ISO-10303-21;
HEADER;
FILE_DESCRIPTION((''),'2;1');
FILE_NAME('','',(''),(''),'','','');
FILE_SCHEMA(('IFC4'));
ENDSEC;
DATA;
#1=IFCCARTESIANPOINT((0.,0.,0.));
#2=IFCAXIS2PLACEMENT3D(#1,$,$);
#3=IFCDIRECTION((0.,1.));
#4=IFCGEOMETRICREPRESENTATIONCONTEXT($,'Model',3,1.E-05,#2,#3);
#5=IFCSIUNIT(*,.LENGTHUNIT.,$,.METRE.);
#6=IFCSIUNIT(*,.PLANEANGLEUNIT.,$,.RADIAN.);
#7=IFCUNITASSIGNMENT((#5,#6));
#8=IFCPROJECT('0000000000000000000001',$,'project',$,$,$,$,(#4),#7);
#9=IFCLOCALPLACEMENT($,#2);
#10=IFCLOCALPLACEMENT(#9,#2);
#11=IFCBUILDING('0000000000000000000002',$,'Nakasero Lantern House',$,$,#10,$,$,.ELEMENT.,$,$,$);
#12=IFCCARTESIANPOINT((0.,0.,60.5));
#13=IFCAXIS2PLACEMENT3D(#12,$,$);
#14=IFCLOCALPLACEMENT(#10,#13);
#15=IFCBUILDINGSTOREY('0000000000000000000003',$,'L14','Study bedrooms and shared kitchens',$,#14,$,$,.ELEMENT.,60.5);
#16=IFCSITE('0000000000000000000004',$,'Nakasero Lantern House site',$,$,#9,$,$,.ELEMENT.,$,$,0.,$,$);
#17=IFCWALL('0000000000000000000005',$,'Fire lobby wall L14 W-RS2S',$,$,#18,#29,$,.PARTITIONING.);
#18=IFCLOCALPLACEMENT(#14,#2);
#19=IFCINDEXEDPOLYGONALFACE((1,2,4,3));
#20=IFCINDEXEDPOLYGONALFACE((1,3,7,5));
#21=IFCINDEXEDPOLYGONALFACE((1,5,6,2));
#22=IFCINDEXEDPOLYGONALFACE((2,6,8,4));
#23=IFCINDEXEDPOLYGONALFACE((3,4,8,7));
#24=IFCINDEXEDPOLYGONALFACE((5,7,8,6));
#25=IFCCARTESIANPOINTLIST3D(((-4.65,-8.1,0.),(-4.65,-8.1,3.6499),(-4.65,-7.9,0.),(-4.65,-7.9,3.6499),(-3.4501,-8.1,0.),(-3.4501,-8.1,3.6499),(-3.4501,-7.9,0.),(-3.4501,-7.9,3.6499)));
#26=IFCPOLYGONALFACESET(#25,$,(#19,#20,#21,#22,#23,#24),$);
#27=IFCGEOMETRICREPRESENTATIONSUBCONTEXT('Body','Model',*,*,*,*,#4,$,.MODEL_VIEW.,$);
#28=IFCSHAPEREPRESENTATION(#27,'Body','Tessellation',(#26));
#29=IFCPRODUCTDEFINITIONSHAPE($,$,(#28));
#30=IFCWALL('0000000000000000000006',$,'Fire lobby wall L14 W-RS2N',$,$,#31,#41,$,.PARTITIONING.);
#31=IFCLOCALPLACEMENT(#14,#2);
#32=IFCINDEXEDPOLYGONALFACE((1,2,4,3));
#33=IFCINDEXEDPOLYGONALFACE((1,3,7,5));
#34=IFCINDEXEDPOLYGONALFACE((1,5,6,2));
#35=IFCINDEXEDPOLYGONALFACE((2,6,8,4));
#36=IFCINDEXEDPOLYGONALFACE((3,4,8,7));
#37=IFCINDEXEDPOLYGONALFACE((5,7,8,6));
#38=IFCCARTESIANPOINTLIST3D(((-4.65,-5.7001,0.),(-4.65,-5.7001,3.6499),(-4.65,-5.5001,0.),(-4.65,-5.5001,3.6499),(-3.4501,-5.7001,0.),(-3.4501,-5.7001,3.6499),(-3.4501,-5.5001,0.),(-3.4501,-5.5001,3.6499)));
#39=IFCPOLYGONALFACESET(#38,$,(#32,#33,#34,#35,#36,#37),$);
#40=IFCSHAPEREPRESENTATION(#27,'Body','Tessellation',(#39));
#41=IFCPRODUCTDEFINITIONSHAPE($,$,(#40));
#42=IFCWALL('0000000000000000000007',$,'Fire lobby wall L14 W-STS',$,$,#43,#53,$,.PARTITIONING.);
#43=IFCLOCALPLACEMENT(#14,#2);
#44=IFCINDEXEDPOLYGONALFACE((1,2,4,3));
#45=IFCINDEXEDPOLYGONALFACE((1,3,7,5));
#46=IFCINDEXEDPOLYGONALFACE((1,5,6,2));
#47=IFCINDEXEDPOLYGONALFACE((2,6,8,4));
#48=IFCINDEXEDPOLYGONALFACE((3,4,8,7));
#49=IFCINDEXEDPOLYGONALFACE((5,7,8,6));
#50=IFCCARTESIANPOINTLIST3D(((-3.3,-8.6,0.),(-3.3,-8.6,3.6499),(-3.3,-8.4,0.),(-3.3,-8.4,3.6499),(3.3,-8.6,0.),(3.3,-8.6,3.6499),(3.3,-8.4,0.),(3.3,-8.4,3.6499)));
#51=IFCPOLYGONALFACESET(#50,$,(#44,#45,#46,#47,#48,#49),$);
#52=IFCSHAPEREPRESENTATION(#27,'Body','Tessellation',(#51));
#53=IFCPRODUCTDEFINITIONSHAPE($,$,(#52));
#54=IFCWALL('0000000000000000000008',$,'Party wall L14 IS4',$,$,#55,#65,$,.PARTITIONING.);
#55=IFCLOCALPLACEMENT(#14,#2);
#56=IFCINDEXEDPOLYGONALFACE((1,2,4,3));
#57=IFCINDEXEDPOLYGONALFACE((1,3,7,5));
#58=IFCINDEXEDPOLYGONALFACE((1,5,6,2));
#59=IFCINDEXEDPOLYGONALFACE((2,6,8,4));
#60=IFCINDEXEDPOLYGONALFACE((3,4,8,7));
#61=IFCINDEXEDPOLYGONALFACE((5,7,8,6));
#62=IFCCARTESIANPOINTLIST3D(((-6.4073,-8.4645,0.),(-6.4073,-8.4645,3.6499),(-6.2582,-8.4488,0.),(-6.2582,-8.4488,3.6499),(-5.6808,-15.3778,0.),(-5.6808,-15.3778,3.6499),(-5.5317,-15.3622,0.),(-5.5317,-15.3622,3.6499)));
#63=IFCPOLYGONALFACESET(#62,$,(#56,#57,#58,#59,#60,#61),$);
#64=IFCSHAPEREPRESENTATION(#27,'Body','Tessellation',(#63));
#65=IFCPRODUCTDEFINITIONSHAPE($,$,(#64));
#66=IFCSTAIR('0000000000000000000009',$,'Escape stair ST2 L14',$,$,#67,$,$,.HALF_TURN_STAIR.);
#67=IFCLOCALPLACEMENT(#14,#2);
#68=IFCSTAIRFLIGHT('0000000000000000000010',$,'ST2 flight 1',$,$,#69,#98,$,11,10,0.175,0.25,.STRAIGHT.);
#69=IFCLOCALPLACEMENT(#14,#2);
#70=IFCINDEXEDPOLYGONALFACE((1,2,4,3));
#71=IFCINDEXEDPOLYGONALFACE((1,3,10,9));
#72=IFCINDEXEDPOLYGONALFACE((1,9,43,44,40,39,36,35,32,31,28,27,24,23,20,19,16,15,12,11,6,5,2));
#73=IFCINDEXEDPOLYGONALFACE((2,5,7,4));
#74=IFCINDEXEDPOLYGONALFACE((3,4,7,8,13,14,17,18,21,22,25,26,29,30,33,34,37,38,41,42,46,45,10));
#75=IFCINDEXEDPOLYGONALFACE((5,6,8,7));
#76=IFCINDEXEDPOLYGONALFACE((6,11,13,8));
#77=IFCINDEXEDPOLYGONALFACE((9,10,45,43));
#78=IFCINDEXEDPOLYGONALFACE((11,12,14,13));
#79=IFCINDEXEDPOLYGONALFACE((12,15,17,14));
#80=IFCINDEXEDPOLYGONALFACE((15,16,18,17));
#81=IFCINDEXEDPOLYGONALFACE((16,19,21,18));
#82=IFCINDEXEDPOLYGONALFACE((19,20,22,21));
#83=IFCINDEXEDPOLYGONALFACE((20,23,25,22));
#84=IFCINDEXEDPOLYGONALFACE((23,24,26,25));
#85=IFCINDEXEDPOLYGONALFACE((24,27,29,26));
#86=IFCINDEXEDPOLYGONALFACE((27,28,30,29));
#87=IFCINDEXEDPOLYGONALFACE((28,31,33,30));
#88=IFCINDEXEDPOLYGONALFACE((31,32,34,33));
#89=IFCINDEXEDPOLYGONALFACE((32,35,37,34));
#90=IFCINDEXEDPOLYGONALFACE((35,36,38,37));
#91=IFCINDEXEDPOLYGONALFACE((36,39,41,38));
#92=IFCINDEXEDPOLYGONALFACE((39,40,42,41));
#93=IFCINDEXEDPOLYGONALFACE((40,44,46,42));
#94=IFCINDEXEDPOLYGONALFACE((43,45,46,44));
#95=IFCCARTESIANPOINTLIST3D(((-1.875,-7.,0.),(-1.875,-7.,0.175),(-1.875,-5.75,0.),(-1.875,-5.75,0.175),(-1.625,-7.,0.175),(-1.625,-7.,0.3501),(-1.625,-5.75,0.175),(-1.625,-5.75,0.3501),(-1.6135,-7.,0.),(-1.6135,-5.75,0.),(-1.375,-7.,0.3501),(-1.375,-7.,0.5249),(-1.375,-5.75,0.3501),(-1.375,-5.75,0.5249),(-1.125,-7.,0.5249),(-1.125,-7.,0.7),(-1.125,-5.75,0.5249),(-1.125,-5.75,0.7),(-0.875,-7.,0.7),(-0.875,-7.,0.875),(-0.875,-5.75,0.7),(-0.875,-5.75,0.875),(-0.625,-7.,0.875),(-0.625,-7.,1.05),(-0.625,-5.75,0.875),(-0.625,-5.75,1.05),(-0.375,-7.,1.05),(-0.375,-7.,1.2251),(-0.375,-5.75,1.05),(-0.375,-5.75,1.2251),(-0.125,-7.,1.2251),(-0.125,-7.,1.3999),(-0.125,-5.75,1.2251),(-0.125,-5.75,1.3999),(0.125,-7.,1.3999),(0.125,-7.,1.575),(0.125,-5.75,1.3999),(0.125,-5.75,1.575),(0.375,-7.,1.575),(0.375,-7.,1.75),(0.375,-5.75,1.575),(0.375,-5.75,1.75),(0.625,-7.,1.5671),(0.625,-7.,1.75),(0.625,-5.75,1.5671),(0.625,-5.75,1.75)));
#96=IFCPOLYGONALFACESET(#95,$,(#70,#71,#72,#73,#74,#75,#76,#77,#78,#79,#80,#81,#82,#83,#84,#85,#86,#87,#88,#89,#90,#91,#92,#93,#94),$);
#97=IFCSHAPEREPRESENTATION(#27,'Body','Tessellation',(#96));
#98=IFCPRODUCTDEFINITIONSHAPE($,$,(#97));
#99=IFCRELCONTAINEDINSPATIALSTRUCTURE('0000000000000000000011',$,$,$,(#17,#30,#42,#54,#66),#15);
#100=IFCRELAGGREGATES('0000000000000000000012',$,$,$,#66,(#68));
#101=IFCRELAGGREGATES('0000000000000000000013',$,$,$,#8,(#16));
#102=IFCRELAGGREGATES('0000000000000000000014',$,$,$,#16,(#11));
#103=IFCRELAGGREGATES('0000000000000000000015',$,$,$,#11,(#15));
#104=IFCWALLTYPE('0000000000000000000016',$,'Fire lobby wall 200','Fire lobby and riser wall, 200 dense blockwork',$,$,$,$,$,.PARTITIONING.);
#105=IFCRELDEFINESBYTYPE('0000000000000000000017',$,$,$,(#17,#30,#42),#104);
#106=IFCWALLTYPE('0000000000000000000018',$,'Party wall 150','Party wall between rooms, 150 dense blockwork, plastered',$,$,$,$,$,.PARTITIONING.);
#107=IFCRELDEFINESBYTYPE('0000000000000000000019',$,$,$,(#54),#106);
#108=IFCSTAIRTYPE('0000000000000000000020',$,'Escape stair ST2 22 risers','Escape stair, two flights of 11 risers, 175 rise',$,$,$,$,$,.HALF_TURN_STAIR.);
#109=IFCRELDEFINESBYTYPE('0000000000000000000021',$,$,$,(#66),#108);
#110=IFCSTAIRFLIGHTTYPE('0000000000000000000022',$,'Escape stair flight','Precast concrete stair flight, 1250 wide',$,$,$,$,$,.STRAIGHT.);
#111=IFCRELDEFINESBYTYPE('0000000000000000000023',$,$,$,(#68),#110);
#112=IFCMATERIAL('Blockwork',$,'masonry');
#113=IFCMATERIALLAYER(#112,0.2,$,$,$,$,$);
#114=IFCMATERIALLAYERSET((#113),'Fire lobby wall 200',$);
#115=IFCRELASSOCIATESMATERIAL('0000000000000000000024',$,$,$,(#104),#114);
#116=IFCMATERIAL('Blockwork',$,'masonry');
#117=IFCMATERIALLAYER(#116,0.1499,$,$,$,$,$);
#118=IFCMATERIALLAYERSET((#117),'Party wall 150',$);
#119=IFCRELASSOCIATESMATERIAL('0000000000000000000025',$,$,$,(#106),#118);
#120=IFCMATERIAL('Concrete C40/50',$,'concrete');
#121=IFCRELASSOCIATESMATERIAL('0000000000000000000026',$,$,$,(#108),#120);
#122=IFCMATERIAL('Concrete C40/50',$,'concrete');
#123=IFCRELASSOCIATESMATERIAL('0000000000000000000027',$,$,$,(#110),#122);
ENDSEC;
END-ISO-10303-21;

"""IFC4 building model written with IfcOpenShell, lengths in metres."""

from ifc_helpers import new_model, si_unit, direction, frame, frame_2d, origin, place, context, subcontext, project, spatial, polyline, rectangle, outline, extrude, material, layer, layer_set, type_object, element, aggregate, save


model = new_model("IFC4")

# Units and contexts
model_context = context("Model", 3, precision=1e-05, world=origin(), true_north=direction((0.0, 1.0)))
body_context = subcontext(model_context, "Body", "Model", "MODEL_VIEW")
ifc_project = project(units=[si_unit("LENGTHUNIT", "METRE"), si_unit("PLANEANGLEUNIT", "RADIAN")], contexts=[model_context])

# Site, building, storey
site_placement = place(None, origin())
site = spatial("IfcSite", under=ifc_project, at=site_placement, Name="Nakasero Lantern House site", CompositionType="ELEMENT", RefElevation=0.0)
building_placement = place(site_placement, origin())
building = spatial("IfcBuilding", under=site, at=building_placement, Name="Nakasero Lantern House", CompositionType="ELEMENT")
storey_placement = place(building_placement, frame((0.0, 0.0, 60.5)))
storey = spatial("IfcBuildingStorey", under=building, at=storey_placement, Name="L14", Description="Study bedrooms and shared kitchens", CompositionType="ELEMENT", Elevation=60.5)

# Shared definitions
ifc_material_1 = material(Name="Blockwork", Category="masonry")
ifc_layer_1 = layer(ifc_material_1, 0.2)
ifc_layer_set_1 = layer_set([ifc_layer_1], Name="Fire lobby wall 200")
wall_type_1 = type_object("IfcWallType", Name="Fire lobby wall 200", Description="Fire lobby and riser wall, 200 dense blockwork", PredefinedType="PARTITIONING", material=ifc_layer_set_1)

# Walls
for number, where, z_axis, x_axis, name in (
    (1, (-3.45, -8.0, 0.0), (0.0, 0.0, 1.0), (-1.0, 0.0, 0.0), "Fire lobby wall L14 W-RS2S"),
    (2, (-3.45, -5.6001, 0.0), (0.0, 0.0, 1.0), (-1.0, 0.0, 0.0), "Fire lobby wall L14 W-RS2N"),
):
    element("IfcWall", number, at=place(storey_placement, frame(where, z_axis=z_axis, x_axis=x_axis)), inside=storey, type_object=wall_type_1, Name=name, PredefinedType="PARTITIONING", context=body_context, shape_type="SweptSolid", body=[
        extrude(rectangle(XDim=1.2, YDim=0.2, at=frame_2d((0.6001, 0.0))), origin(), (0.0, 0.0, 1.0), 3.6499),
    ])
wall_1_placement = place(storey_placement, frame((-3.3, -8.5, 0.0), z_axis=(0.0, 0.0, 1.0), x_axis=(1.0, 0.0, 0.0)))
element("IfcWall", 3, at=wall_1_placement, inside=storey, type_object=wall_type_1, Name="Fire lobby wall L14 W-STS", PredefinedType="PARTITIONING", context=body_context, shape_type="SweptSolid", body=[
    extrude(rectangle(XDim=6.6001, YDim=0.2, at=frame_2d((3.3, 0.0))), origin(), (0.0, 0.0, 1.0), 3.6499),
])
ifc_material_2 = material(Name="Blockwork", Category="masonry")
ifc_layer_2 = layer(ifc_material_2, 0.1499)
ifc_layer_set_2 = layer_set([ifc_layer_2], Name="Party wall 150")
wall_type_2 = type_object("IfcWallType", Name="Party wall 150", Description="Party wall between rooms, 150 dense blockwork, plastered", PredefinedType="PARTITIONING", material=ifc_layer_set_2)
wall_2_placement = place(storey_placement, frame((-6.3328, -8.4568, 0.0), z_axis=(0.0, 0.0, 1.0), x_axis=(0.10452, -0.994523, 0.0)))
element("IfcWall", 4, at=wall_2_placement, inside=storey, type_object=wall_type_2, Name="Party wall L14 IS4", PredefinedType="PARTITIONING", context=body_context, shape_type="SweptSolid", body=[
    extrude(rectangle(XDim=6.9514, YDim=0.1499, at=frame_2d((3.4756, 0.0))), origin(), (0.0, 0.0, 1.0), 3.6499),
])

# Stair, stair flight
ifc_material_3 = material(Name="Concrete C40/50", Category="concrete")
stair_type = type_object("IfcStairType", Name="Escape stair ST2 22 risers", Description="Escape stair, two flights of 11 risers, 175 rise", PredefinedType="HALF_TURN_STAIR", material=ifc_material_3)
stair_placement = place(storey_placement, origin())
stair = element("IfcStair", 5, at=stair_placement, inside=storey, type_object=stair_type, Name="Escape stair ST2 L14", PredefinedType="HALF_TURN_STAIR")
ifc_material_4 = material(Name="Concrete C40/50", Category="concrete")
stair_flight_type = type_object("IfcStairFlightType", Name="Escape stair flight", Description="Precast concrete stair flight, 1250 wide", PredefinedType="STRAIGHT", material=ifc_material_4)
stair_flight_placement = place(storey_placement, frame((-1.875, -6.375, 0.0), z_axis=(0.0, 0.0, 1.0), x_axis=(1.0, 0.0, 0.0)))
stair_flight = element("IfcStairFlight", 6, at=stair_flight_placement, type_object=stair_flight_type, Name="ST2 flight 1", NumberOfRisers=11, NumberOfTreads=10, PredefinedType="STRAIGHT", RiserHeight=0.175, TreadLength=0.25, context=body_context, shape_type="SweptSolid", body=[
    extrude(outline(polyline([(0.0, 0.0), (0.0, 0.175), (0.25, 0.175), (0.25, 0.3501), (0.5, 0.3501), (0.5, 0.5249), (0.75, 0.5249), (0.75, 0.7), (1.0, 0.7), (1.0, 0.875), (1.25, 0.875), (1.25, 1.05), (1.5, 1.05), (1.5, 1.2251), (1.75, 1.2251), (1.75, 1.3999), (2.0, 1.3999), (2.0, 1.575), (2.25, 1.575), (2.25, 1.75), (2.5, 1.75), (2.5, 1.925), (2.5, 1.5671), (0.2615, 0.0), (0.0, 0.0)])), frame((0.0, 0.625, 0.0), z_axis=(0.0, -1.0, 0.0), x_axis=(1.0, 0.0, 0.0)), (0.0, 0.0, 1.0), 1.25),
])
aggregate(stair, [stair_flight])

save(model, "model.ifc")
